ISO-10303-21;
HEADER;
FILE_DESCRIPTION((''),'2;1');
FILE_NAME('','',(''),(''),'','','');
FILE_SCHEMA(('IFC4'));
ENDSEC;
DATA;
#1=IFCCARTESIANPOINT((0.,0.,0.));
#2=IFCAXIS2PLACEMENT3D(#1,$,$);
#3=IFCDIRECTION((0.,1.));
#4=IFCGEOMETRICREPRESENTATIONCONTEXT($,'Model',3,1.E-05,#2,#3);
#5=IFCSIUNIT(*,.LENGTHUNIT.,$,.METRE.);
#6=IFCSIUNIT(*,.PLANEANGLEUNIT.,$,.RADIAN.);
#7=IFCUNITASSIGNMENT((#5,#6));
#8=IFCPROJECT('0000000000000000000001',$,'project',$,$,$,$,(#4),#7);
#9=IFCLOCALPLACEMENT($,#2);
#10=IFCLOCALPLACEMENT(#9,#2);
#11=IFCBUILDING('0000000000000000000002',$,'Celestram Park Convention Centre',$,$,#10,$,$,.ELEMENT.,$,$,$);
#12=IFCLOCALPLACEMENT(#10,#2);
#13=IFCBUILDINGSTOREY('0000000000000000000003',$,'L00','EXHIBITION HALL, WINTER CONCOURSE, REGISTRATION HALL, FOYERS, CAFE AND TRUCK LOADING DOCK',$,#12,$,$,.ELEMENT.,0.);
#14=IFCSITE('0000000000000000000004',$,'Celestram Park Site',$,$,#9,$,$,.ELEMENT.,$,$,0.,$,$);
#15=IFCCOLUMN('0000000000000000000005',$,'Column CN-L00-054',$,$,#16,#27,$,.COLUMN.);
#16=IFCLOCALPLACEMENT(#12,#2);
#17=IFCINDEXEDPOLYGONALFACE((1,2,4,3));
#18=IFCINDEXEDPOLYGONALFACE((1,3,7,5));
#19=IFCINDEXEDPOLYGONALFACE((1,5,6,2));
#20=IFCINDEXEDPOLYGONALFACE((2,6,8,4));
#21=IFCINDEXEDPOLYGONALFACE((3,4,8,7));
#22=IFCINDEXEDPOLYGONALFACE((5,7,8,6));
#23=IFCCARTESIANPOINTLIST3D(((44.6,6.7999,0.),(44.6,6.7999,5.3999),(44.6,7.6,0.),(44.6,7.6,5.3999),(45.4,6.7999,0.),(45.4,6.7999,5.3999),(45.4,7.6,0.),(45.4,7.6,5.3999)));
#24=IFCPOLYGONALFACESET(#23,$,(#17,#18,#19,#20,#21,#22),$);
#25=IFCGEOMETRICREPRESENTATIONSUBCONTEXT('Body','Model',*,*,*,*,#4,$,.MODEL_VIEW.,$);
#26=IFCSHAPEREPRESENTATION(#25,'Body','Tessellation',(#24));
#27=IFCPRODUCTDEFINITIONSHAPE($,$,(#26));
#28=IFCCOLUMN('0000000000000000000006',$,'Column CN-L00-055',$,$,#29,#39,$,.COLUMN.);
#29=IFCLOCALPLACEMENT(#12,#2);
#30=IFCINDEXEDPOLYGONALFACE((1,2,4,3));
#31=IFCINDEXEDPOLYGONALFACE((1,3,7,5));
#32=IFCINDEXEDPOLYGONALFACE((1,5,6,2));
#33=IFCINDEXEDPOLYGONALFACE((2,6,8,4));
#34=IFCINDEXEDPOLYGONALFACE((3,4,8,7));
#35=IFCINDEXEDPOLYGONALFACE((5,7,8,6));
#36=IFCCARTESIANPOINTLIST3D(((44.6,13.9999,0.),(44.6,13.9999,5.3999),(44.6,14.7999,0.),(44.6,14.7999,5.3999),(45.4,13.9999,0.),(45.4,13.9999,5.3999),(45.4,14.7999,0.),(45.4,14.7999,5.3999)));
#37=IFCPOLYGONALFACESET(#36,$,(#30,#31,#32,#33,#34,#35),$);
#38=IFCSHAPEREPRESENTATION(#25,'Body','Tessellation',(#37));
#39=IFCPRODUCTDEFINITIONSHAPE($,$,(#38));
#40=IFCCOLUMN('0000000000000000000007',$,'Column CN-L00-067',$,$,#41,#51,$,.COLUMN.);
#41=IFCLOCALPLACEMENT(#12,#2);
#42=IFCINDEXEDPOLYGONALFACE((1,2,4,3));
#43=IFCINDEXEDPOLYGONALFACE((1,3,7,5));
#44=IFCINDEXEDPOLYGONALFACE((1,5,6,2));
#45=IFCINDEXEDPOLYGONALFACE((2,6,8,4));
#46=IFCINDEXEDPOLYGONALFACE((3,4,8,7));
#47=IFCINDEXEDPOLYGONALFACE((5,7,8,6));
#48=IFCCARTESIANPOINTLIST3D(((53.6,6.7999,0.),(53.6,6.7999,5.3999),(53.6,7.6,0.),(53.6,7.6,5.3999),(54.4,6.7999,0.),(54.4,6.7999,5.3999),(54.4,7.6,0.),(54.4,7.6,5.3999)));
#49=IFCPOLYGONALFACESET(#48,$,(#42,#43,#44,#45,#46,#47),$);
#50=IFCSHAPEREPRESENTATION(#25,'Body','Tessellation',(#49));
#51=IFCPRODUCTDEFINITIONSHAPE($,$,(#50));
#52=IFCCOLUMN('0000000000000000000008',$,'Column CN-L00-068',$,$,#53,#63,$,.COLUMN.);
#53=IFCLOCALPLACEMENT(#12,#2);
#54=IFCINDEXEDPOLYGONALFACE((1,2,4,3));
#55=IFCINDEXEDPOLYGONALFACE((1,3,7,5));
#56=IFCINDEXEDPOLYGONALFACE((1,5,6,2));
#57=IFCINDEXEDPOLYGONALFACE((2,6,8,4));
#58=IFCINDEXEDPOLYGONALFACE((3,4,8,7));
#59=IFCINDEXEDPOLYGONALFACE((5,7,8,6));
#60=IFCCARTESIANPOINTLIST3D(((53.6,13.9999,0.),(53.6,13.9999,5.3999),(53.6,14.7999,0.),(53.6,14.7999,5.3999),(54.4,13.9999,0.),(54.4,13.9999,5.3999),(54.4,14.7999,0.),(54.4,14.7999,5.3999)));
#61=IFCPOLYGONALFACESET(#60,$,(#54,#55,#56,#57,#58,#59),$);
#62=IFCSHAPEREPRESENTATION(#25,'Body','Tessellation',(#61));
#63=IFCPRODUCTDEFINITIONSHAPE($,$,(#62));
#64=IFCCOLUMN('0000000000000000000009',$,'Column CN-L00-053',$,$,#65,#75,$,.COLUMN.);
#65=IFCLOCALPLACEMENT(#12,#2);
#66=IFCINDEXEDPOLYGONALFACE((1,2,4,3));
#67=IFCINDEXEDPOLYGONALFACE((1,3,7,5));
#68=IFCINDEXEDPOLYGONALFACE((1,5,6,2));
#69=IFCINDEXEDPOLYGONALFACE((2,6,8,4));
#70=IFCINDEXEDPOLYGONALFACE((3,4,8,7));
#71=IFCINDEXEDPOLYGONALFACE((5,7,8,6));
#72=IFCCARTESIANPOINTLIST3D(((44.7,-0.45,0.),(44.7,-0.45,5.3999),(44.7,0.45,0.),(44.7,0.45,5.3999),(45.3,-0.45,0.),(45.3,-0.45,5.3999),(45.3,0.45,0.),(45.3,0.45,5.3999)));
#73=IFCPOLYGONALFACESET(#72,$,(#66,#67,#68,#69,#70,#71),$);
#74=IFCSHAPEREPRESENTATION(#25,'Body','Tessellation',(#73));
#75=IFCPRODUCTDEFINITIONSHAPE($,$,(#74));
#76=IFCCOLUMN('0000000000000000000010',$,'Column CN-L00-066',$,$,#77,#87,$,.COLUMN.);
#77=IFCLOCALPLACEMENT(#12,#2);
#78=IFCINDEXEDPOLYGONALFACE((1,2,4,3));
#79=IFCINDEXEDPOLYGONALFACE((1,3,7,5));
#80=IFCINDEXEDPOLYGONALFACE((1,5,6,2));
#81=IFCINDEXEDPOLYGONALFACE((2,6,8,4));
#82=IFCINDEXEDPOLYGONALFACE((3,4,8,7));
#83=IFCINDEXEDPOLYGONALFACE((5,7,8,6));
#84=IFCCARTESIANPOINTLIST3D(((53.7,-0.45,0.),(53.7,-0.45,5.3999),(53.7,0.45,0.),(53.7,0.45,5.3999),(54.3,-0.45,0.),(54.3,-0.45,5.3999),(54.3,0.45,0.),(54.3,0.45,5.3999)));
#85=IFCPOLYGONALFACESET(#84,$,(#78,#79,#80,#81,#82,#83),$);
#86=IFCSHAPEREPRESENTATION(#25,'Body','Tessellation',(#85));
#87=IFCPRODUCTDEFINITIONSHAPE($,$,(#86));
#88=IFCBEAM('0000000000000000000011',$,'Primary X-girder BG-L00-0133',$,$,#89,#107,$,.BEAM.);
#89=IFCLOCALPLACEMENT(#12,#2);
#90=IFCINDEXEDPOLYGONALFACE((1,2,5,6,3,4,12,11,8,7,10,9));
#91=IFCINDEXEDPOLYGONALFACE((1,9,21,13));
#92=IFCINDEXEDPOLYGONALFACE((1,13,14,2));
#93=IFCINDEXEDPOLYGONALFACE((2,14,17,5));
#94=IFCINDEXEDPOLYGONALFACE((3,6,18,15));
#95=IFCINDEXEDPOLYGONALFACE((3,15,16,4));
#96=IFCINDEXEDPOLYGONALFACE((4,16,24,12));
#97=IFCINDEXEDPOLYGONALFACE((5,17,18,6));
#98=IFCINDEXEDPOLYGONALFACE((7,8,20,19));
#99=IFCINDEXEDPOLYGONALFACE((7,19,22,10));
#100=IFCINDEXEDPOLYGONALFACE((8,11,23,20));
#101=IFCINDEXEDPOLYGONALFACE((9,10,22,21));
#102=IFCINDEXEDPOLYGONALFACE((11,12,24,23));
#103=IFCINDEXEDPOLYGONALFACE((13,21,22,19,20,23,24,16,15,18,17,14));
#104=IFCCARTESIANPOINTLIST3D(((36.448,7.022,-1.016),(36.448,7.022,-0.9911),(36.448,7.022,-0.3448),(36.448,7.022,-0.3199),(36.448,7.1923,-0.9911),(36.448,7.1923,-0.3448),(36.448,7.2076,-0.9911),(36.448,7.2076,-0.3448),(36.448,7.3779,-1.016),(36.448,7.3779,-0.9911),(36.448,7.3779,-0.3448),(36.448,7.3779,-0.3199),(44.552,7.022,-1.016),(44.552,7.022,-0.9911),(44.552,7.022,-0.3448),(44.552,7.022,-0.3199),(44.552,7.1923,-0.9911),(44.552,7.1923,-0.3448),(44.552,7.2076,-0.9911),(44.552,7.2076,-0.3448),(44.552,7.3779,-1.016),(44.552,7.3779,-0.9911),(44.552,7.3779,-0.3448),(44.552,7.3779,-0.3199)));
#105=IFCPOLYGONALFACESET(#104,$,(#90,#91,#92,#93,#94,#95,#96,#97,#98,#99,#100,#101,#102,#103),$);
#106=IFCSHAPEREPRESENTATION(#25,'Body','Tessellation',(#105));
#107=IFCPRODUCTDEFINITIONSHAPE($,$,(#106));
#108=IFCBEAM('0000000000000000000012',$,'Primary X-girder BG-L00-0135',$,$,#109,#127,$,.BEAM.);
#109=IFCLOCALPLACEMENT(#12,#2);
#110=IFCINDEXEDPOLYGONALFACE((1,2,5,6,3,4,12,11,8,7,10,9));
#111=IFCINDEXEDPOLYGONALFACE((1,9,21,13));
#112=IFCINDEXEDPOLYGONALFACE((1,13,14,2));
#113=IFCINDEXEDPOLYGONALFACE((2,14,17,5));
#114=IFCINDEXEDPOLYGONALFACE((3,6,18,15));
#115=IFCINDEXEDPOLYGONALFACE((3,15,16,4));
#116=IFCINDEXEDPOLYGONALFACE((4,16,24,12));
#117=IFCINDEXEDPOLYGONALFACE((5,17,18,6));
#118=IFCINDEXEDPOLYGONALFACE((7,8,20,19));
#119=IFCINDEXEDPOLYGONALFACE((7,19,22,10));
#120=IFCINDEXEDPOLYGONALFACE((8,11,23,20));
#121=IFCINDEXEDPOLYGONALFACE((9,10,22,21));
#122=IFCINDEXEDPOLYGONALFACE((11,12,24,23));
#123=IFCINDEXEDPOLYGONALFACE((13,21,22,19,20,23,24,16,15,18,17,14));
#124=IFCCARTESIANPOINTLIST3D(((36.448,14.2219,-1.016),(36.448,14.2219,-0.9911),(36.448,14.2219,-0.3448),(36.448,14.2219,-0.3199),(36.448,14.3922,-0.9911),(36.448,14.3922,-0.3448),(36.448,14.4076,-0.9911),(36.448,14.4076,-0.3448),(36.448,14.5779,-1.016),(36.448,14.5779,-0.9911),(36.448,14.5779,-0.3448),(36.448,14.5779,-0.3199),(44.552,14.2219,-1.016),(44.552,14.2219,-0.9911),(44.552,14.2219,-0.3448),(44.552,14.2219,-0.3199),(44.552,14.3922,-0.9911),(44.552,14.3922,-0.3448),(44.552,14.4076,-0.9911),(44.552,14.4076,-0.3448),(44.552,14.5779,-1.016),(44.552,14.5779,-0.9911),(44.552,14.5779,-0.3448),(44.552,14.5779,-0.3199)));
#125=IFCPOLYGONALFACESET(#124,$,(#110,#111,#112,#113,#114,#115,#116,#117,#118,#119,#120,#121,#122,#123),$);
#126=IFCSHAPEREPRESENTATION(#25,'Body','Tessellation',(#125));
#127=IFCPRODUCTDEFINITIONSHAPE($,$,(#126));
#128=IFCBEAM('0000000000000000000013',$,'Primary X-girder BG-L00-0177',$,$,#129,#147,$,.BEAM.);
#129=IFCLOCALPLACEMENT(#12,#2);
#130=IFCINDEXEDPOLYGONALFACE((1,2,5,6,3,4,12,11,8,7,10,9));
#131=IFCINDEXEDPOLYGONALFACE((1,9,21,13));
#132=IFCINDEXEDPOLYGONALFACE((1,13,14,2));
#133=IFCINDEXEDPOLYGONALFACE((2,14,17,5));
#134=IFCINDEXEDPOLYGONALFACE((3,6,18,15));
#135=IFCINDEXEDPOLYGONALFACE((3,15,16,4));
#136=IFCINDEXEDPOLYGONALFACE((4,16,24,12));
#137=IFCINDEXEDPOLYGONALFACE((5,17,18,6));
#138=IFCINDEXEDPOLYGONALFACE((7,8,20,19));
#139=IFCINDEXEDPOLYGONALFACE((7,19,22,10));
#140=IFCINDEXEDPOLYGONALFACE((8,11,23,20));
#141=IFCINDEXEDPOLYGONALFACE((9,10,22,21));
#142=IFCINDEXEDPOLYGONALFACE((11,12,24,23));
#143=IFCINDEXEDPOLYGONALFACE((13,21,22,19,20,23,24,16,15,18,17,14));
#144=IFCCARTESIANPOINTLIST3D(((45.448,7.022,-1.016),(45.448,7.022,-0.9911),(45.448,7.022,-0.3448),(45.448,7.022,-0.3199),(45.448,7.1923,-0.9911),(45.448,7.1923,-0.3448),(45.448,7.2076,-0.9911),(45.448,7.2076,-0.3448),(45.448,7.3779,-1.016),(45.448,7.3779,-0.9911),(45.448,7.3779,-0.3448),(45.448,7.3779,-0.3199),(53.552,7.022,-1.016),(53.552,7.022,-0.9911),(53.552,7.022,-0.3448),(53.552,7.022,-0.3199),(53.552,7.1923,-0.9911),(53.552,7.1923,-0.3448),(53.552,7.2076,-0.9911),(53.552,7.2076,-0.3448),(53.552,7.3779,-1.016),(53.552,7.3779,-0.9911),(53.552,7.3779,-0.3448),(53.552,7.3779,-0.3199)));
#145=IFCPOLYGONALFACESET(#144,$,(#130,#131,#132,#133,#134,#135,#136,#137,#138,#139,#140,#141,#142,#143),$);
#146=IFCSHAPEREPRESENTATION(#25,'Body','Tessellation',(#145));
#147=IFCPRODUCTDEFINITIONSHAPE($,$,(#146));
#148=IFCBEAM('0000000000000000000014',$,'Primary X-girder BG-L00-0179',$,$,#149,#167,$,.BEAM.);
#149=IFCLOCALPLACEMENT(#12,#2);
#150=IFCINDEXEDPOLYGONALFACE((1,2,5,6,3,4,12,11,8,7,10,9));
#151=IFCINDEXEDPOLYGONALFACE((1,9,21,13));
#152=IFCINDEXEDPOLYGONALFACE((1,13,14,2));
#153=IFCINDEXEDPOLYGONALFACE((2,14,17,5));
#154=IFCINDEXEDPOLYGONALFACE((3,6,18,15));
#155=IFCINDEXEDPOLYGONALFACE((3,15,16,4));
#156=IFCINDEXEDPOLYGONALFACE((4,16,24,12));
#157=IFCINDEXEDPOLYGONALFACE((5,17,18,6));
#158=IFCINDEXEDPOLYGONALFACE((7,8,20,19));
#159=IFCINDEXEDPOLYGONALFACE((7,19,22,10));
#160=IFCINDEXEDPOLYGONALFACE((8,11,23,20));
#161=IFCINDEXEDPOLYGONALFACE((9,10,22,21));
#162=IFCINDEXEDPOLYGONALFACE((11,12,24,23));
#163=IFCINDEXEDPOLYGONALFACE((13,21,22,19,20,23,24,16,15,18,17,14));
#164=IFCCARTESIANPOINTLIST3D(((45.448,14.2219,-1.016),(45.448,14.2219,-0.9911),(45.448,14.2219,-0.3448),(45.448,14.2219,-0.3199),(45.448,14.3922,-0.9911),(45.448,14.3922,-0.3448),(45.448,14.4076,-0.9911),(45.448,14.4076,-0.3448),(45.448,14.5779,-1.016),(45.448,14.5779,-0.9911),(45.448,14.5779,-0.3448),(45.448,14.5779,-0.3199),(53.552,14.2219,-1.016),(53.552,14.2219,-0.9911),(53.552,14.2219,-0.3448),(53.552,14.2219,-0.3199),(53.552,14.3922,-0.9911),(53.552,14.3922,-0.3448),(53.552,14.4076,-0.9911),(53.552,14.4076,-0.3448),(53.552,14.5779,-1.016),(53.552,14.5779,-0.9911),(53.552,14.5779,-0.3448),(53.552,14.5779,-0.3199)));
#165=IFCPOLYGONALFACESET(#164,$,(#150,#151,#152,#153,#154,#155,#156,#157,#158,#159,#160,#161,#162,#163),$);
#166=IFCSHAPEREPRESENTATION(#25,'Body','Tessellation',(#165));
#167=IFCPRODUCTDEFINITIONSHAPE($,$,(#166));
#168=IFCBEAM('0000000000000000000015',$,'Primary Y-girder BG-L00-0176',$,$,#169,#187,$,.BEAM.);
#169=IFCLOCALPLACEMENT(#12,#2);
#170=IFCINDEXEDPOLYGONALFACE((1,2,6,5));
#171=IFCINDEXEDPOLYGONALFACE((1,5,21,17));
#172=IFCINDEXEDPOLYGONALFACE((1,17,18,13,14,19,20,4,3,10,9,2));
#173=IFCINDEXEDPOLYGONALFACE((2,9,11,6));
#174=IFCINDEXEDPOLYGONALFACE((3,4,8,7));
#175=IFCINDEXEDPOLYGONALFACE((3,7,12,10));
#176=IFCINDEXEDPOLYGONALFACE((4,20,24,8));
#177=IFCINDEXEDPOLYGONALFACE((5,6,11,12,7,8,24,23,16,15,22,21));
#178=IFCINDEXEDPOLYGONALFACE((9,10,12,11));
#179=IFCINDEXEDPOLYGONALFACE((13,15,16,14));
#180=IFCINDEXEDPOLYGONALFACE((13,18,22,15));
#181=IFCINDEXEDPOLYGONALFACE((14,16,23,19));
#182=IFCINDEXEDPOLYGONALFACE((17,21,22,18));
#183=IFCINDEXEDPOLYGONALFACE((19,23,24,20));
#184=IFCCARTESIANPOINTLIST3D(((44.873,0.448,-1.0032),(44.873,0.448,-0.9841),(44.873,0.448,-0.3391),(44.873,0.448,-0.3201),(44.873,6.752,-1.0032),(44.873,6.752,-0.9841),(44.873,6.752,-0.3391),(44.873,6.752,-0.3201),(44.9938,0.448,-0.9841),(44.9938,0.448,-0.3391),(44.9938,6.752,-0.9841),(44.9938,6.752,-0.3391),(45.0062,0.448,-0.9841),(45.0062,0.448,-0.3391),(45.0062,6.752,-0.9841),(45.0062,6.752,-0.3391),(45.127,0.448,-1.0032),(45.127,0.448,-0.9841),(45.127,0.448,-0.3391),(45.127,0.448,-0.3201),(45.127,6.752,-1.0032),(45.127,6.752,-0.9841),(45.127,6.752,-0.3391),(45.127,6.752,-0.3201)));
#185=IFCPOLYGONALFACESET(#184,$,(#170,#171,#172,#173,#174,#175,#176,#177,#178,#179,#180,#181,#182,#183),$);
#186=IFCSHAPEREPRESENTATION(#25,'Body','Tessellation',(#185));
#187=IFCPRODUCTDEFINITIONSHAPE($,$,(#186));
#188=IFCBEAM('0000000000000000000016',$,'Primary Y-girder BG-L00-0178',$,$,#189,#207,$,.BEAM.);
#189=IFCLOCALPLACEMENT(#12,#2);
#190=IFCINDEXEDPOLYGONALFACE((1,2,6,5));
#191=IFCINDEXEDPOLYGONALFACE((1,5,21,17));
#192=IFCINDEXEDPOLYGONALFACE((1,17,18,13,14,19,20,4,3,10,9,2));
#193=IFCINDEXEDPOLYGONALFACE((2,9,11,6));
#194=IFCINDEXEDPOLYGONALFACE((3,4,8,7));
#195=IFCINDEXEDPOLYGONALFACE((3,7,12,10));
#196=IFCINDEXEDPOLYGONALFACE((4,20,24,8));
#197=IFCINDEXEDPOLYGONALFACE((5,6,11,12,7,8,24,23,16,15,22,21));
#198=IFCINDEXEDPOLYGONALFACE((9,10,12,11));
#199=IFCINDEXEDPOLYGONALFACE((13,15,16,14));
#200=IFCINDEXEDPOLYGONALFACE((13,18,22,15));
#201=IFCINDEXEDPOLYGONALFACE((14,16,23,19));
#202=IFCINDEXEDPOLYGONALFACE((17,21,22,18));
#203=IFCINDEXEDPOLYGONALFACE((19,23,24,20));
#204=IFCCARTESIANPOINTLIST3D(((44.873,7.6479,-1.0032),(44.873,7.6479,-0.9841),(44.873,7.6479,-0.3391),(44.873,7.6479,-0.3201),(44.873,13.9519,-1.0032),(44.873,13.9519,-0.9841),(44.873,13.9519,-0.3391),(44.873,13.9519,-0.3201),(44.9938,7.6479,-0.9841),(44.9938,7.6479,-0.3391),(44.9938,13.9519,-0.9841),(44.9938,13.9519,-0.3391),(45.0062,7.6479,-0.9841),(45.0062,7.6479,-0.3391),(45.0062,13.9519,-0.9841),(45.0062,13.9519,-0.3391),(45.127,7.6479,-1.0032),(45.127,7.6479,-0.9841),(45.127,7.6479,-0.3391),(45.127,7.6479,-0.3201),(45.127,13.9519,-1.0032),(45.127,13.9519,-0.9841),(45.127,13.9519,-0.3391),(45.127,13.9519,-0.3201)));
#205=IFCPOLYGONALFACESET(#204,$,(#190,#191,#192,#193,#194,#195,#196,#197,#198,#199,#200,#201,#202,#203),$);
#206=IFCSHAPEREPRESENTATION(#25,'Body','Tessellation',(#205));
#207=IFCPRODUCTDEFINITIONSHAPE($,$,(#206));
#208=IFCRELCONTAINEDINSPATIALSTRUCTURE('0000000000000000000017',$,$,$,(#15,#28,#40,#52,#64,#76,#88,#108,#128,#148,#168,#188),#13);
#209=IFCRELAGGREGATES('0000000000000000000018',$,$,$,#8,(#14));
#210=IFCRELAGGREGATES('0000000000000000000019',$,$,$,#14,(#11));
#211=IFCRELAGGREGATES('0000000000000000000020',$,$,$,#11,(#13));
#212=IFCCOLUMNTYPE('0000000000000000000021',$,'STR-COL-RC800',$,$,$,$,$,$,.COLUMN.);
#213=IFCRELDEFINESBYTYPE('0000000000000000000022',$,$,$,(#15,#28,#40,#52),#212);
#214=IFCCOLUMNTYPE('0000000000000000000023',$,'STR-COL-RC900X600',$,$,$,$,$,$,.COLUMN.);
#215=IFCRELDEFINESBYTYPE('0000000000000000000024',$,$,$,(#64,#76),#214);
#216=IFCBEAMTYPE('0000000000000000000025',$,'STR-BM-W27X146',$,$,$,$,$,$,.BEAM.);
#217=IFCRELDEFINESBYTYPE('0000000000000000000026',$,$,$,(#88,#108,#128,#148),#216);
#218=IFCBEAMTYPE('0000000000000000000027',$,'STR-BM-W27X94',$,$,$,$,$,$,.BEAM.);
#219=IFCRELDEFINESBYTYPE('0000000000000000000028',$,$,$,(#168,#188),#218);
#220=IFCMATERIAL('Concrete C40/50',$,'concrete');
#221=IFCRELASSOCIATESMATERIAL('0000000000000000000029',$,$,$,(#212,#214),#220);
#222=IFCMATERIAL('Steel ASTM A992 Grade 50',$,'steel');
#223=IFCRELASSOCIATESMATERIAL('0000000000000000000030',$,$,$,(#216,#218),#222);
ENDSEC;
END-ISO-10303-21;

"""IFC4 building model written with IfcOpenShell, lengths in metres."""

from ifc_helpers import new_model, si_unit, direction, frame, origin, origin_2d, place, context, subcontext, project, spatial, rectangle, i_section, extrude, material, material_profile, profile_set, type_object, element, save


model = new_model("IFC4")

# Units and contexts
model_context = context("Model", 3, precision=1e-05, world=origin(), true_north=direction((0.0, 1.0)))
body_context = subcontext(model_context, "Body", "Model", "MODEL_VIEW")
ifc_project = project(units=[si_unit("LENGTHUNIT", "METRE"), si_unit("PLANEANGLEUNIT", "RADIAN")], contexts=[model_context])

# Site, building, storey
site_placement = place(None, origin())
site = spatial("IfcSite", under=ifc_project, at=site_placement, Name="Celestram Park Site", CompositionType="ELEMENT", RefElevation=0.0)
building_placement = place(site_placement, origin())
building = spatial("IfcBuilding", under=site, at=building_placement, Name="Celestram Park Convention Centre", CompositionType="ELEMENT")
storey_placement = place(building_placement, origin())
storey = spatial("IfcBuildingStorey", under=building, at=storey_placement, Name="L00", Description="EXHIBITION HALL, WINTER CONCOURSE, REGISTRATION HALL, FOYERS, CAFE AND TRUCK LOADING DOCK", CompositionType="ELEMENT", Elevation=0.0)

# Columns
ifc_material_1 = material(Name="Concrete C40/50", Category="concrete")
ifc_material_profile_1 = material_profile(ifc_material_1, rectangle(XDim=0.8, YDim=0.8, at=origin_2d()), Name="RC800X800")
ifc_profile_set_1 = profile_set([ifc_material_profile_1], Name="Concrete C40/50")
column_type_1 = type_object("IfcColumnType", Name="STR-COL-RC800", PredefinedType="COLUMN", material=ifc_profile_set_1)
for number, where, z_axis, x_axis, name in (
    (1, (45.0, 7.2, 0.0), (0.0, 0.0, 1.0), (1.0, 0.0, 0.0), "Column CN-L00-054"),
    (2, (45.0, 14.3999, 0.0), (0.0, 0.0, 1.0), (1.0, 0.0, 0.0), "Column CN-L00-055"),
    (3, (54.0, 7.2, 0.0), (0.0, 0.0, 1.0), (1.0, 0.0, 0.0), "Column CN-L00-067"),
    (4, (54.0, 14.3999, 0.0), (0.0, 0.0, 1.0), (1.0, 0.0, 0.0), "Column CN-L00-068"),
):
    element("IfcColumn", number, at=place(storey_placement, frame(where, z_axis=z_axis, x_axis=x_axis)), inside=storey, type_object=column_type_1, Name=name, PredefinedType="COLUMN", context=body_context, shape_type="SweptSolid", body=[
        extrude(rectangle(XDim=0.8, YDim=0.8, at=origin_2d()), origin(), (0.0, 0.0, 1.0), 5.3999),
    ])
ifc_material_profile_2 = material_profile(ifc_material_1, rectangle(XDim=0.6001, YDim=0.8999, at=origin_2d()), Name="RC900X600")
ifc_profile_set_2 = profile_set([ifc_material_profile_2], Name="Concrete C40/50")
column_type_2 = type_object("IfcColumnType", Name="STR-COL-RC900X600", PredefinedType="COLUMN", material=ifc_profile_set_2)
for number, where, z_axis, x_axis, name in (
    (5, (45.0, 0.0, 0.0), (0.0, 0.0, 1.0), (1.0, 0.0, 0.0), "Column CN-L00-053"),
    (6, (54.0, 0.0, 0.0), (0.0, 0.0, 1.0), (1.0, 0.0, 0.0), "Column CN-L00-066"),
):
    element("IfcColumn", number, at=place(storey_placement, frame(where, z_axis=z_axis, x_axis=x_axis)), inside=storey, type_object=column_type_2, Name=name, PredefinedType="COLUMN", context=body_context, shape_type="SweptSolid", body=[
        extrude(rectangle(XDim=0.6001, YDim=0.8999, at=origin_2d()), origin(), (0.0, 0.0, 1.0), 5.3999),
    ])

# Beams
ifc_material_2 = material(Name="Steel ASTM A992 Grade 50", Category="steel")
ifc_material_profile_3 = material_profile(ifc_material_2, i_section(OverallWidth=0.356, OverallDepth=0.696, WebThickness=0.0154, FlangeThickness=0.0249, at=origin_2d()), Name="W27X146")
ifc_profile_set_3 = profile_set([ifc_material_profile_3], Name="Steel ASTM A992 Grade 50")
beam_type_1 = type_object("IfcBeamType", Name="STR-BM-W27X146", PredefinedType="BEAM", material=ifc_profile_set_3)
for number, where, z_axis, x_axis, name in (
    (7, (36.448, 7.2, -0.668), (1.0, 0.0, 0.0), (0.0, 1.0, 0.0), "Primary X-girder BG-L00-0133"),
    (8, (36.448, 14.3999, -0.668), (1.0, 0.0, 0.0), (0.0, 1.0, 0.0), "Primary X-girder BG-L00-0135"),
    (9, (45.448, 7.2, -0.668), (1.0, 0.0, 0.0), (0.0, 1.0, 0.0), "Primary X-girder BG-L00-0177"),
    (10, (45.448, 14.3999, -0.668), (1.0, 0.0, 0.0), (0.0, 1.0, 0.0), "Primary X-girder BG-L00-0179"),
):
    element("IfcBeam", number, at=place(storey_placement, frame(where, z_axis=z_axis, x_axis=x_axis)), inside=storey, type_object=beam_type_1, Name=name, PredefinedType="BEAM", context=body_context, shape_type="SweptSolid", body=[
        extrude(i_section(OverallWidth=0.356, OverallDepth=0.696, WebThickness=0.0154, FlangeThickness=0.0249, at=origin_2d()), origin(), (0.0, 0.0, 1.0), 8.104),
    ])
ifc_material_profile_4 = material_profile(ifc_material_2, i_section(OverallWidth=0.2539, OverallDepth=0.6831, WebThickness=0.0125, FlangeThickness=0.019, at=origin_2d()), Name="W27X94")
ifc_profile_set_4 = profile_set([ifc_material_profile_4], Name="Steel ASTM A992 Grade 50")
beam_type_2 = type_object("IfcBeamType", Name="STR-BM-W27X94", PredefinedType="BEAM", material=ifc_profile_set_4)
for number, where, z_axis, x_axis, name in (
    (11, (45.0, 0.448, -0.6616), (0.0, 1.0, 0.0), (-1.0, 0.0, 0.0), "Primary Y-girder BG-L00-0176"),
    (12, (45.0, 7.6479, -0.6616), (0.0, 1.0, 0.0), (-1.0, 0.0, 0.0), "Primary Y-girder BG-L00-0178"),
):
    element("IfcBeam", number, at=place(storey_placement, frame(where, z_axis=z_axis, x_axis=x_axis)), inside=storey, type_object=beam_type_2, Name=name, PredefinedType="BEAM", context=body_context, shape_type="SweptSolid", body=[
        extrude(i_section(OverallWidth=0.2539, OverallDepth=0.6831, WebThickness=0.0125, FlangeThickness=0.019, at=origin_2d()), origin(), (0.0, 0.0, 1.0), 6.304),
    ])

save(model, "model.ifc")
